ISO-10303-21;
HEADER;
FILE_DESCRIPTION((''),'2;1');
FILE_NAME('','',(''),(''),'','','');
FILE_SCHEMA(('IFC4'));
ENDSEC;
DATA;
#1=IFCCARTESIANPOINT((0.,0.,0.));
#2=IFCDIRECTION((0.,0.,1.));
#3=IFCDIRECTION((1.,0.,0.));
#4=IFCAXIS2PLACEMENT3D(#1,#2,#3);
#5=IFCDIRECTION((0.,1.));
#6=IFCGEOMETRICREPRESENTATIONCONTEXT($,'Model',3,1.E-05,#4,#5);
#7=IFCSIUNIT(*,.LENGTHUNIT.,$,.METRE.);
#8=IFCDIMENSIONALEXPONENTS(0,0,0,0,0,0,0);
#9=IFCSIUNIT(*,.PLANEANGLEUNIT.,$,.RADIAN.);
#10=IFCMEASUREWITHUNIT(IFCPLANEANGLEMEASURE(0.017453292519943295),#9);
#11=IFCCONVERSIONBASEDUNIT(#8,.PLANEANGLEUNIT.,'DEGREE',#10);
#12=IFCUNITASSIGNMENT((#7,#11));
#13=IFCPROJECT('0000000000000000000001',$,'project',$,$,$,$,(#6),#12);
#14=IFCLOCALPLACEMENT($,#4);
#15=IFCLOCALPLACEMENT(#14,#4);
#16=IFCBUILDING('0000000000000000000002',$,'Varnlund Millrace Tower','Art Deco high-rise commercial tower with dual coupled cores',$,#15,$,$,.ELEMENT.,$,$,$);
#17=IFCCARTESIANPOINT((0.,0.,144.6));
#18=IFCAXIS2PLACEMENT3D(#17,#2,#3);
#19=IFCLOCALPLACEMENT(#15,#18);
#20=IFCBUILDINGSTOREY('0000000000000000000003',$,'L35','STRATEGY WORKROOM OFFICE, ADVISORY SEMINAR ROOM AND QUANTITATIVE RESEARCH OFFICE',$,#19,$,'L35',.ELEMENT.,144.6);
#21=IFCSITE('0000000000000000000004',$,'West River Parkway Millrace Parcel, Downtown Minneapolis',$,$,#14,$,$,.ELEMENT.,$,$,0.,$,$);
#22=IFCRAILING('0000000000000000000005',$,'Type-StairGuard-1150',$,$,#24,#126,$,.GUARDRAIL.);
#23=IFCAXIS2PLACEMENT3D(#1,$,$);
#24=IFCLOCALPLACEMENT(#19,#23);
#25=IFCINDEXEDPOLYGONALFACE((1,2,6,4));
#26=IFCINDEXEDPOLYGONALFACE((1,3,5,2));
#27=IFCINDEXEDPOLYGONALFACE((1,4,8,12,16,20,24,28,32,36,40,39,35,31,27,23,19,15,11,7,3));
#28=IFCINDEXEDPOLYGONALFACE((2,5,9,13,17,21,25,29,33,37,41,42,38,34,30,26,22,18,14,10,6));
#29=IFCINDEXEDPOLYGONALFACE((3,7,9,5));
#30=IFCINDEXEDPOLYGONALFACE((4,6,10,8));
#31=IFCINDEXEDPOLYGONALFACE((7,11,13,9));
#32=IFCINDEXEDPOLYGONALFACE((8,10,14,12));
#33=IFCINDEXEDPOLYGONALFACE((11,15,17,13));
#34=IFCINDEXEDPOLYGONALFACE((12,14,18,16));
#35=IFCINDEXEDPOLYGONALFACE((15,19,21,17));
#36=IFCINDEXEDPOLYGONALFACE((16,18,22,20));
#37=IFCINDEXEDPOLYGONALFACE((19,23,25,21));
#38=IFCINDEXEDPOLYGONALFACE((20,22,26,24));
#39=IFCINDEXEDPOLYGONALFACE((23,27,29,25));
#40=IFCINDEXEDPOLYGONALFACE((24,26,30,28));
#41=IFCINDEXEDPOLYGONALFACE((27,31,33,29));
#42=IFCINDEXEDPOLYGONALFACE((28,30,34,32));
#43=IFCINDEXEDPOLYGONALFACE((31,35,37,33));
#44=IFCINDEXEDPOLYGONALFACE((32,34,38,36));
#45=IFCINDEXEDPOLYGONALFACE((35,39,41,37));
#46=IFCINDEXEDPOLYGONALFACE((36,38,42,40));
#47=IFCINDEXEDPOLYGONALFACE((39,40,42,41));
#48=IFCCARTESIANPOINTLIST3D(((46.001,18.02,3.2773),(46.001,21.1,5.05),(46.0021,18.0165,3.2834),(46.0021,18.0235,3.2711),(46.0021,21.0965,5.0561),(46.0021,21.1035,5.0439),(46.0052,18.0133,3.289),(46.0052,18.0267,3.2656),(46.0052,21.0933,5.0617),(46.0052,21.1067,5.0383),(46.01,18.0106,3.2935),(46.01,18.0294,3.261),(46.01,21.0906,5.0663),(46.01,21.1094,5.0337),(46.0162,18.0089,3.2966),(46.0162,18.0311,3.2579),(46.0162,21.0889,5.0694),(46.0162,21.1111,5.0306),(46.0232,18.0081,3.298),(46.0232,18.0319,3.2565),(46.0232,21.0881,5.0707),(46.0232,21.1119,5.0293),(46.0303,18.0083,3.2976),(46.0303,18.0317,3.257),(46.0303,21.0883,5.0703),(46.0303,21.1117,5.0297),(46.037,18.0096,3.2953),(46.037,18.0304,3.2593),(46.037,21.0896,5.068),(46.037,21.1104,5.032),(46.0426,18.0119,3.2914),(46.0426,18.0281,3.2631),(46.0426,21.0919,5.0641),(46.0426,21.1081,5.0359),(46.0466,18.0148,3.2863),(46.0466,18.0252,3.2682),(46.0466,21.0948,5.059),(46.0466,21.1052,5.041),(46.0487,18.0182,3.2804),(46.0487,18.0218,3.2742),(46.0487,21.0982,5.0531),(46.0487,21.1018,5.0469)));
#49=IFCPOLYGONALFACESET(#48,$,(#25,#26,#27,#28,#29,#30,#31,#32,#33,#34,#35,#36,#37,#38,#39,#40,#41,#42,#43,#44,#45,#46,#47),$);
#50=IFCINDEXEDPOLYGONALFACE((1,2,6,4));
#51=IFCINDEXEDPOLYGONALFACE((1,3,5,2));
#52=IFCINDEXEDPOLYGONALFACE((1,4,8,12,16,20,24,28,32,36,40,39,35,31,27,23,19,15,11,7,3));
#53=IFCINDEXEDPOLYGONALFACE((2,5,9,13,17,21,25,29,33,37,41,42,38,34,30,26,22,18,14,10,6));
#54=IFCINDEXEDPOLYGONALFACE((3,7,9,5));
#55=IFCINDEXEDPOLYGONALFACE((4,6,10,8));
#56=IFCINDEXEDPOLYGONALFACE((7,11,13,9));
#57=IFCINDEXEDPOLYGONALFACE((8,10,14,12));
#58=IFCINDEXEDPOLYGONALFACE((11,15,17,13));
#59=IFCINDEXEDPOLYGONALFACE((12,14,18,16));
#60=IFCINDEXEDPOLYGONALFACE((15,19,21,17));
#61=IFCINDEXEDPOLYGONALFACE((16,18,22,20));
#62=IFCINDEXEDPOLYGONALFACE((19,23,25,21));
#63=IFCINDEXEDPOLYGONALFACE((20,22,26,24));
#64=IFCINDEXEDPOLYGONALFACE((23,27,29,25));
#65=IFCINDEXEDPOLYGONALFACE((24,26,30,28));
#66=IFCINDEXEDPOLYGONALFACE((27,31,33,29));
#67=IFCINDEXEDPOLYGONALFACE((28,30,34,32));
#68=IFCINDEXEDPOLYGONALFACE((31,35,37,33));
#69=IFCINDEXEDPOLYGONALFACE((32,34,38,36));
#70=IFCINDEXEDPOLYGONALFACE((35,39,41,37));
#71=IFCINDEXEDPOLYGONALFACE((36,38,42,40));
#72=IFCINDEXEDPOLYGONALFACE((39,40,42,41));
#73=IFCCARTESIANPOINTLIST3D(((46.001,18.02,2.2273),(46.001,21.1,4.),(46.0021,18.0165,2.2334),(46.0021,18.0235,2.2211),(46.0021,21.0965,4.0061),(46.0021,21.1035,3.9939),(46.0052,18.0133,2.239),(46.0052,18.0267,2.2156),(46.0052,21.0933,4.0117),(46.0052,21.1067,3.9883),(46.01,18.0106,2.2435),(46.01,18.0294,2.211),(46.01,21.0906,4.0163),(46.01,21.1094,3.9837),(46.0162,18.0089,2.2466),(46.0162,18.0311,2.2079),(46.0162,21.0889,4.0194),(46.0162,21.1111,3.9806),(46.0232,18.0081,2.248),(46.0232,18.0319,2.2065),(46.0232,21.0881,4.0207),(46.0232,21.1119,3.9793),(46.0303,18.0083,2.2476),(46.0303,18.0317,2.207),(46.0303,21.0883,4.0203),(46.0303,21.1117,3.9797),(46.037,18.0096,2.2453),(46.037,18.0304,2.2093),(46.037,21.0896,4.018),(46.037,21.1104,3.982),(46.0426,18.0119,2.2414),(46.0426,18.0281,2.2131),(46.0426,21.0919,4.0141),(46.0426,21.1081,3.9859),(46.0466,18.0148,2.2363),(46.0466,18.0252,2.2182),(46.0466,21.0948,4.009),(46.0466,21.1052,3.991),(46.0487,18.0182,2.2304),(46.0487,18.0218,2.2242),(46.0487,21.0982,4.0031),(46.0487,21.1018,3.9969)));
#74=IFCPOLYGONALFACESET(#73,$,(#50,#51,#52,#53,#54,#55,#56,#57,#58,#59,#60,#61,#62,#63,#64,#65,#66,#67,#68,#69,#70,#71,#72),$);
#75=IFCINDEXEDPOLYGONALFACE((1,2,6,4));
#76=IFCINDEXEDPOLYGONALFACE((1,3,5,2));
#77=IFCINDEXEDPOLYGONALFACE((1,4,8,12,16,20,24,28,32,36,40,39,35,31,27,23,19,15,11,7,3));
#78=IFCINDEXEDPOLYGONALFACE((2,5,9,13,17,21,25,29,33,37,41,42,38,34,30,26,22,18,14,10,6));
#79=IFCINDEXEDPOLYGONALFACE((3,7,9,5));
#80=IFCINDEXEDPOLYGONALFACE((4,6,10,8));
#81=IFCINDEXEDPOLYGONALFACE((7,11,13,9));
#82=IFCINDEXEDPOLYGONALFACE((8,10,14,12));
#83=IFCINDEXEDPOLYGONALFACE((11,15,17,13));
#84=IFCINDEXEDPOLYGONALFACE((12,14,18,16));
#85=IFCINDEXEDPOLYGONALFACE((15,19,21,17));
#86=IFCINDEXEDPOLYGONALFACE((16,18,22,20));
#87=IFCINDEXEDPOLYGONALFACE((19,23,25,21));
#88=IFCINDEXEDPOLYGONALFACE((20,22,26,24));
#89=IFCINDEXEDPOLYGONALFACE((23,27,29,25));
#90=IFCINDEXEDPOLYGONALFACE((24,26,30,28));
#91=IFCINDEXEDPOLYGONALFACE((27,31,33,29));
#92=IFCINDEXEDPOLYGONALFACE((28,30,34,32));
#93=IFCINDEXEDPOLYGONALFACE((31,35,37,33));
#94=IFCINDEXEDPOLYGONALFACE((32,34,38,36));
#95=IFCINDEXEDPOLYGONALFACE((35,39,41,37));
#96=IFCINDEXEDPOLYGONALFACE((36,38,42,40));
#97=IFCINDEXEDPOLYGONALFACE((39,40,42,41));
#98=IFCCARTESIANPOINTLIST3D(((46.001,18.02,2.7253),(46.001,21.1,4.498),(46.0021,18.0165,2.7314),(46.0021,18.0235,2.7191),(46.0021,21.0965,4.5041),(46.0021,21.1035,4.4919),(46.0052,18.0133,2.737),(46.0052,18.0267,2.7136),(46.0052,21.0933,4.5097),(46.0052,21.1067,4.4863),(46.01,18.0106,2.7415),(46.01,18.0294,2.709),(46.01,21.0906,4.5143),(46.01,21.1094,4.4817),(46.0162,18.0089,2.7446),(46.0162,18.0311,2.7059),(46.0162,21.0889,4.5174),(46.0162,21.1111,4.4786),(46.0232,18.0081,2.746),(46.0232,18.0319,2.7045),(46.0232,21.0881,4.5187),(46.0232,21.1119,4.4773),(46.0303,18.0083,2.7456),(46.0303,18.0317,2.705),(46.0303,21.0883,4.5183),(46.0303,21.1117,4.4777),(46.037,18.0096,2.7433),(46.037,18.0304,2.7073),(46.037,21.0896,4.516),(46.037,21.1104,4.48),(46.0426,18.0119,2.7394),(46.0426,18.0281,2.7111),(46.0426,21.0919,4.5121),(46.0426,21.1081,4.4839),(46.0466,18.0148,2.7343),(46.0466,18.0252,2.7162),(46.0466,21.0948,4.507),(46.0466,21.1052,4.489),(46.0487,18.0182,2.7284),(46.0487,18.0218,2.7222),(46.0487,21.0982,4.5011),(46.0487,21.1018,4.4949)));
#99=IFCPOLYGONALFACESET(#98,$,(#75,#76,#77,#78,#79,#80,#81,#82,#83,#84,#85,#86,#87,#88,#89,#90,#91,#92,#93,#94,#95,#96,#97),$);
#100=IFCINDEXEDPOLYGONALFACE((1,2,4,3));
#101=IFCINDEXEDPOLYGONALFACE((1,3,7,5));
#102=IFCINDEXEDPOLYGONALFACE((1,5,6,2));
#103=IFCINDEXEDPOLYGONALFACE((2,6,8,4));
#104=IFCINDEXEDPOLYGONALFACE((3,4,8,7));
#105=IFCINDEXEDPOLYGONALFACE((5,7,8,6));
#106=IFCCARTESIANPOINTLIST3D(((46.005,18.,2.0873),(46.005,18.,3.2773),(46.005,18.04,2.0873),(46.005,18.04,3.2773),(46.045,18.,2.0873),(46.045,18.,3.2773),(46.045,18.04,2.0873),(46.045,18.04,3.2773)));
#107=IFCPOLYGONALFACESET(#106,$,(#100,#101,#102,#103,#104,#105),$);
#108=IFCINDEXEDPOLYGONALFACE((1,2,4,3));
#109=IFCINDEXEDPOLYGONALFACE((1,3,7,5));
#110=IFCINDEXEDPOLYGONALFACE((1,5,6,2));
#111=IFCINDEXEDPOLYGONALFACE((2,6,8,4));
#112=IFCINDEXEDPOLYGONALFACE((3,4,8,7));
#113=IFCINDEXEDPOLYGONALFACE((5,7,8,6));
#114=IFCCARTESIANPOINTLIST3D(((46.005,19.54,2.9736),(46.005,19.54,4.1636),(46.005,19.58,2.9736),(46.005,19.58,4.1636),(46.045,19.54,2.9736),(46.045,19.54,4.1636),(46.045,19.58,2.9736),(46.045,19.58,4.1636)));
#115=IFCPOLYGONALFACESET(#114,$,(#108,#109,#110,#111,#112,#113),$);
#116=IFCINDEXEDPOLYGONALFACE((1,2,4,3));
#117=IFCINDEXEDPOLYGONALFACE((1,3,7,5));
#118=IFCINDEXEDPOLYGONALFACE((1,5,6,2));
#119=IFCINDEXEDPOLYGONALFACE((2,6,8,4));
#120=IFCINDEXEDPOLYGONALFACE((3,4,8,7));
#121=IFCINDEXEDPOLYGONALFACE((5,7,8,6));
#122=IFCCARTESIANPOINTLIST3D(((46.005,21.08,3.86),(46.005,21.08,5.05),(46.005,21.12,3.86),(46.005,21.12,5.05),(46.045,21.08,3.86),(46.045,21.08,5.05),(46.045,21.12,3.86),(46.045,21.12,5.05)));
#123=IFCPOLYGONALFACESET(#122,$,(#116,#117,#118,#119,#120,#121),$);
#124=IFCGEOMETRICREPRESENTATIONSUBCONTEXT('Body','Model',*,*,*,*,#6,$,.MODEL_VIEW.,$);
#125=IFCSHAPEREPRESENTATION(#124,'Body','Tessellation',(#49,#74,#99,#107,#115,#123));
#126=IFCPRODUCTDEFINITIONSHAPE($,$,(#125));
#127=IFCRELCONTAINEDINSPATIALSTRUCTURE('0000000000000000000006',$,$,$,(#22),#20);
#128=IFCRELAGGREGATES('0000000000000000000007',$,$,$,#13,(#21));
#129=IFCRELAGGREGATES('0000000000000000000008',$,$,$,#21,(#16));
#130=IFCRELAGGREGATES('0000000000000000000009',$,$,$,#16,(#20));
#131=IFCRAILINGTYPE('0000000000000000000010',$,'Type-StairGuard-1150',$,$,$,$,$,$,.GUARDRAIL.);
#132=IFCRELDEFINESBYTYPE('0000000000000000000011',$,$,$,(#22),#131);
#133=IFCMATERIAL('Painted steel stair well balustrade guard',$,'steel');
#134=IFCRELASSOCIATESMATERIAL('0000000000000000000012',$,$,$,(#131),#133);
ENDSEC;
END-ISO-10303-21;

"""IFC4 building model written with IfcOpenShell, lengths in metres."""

from ifc_helpers import new_model, entity, si_unit, converted_unit, direction, frame, origin_with_axes, origin_2d_with_axis, place, context, subcontext, project, spatial, rectangle, circle, extrude, material, type_object, element, save


model = new_model("IFC4")

# Units and contexts
model_context = context("Model", 3, precision=1e-05, world=origin_with_axes(), true_north=direction((0.0, 1.0)))
body_context = subcontext(model_context, "Body", "Model", "MODEL_VIEW")
ifc_project = project(units=[si_unit("LENGTHUNIT", "METRE"), converted_unit("PLANEANGLEUNIT", "DEGREE", entity("IfcPlaneAngleMeasure", 0.017453292519943295), si_unit("PLANEANGLEUNIT", "RADIAN"), dimensions=[0, 0, 0, 0, 0, 0, 0])], contexts=[model_context])

# Site, building, storey
site_placement = place(None, origin_with_axes())
site = spatial("IfcSite", under=ifc_project, at=site_placement, Name="West River Parkway Millrace Parcel, Downtown Minneapolis", CompositionType="ELEMENT", RefElevation=0.0)
building_placement = place(site_placement, origin_with_axes())
building = spatial("IfcBuilding", under=site, at=building_placement, Name="Varnlund Millrace Tower", Description="Art Deco high-rise commercial tower with dual coupled cores", CompositionType="ELEMENT")
storey_placement = place(building_placement, frame((0.0, 0.0, 144.6), z_axis=(0.0, 0.0, 1.0), x_axis=(1.0, 0.0, 0.0)))
storey = spatial("IfcBuildingStorey", under=building, at=storey_placement, Name="L35", Description="STRATEGY WORKROOM OFFICE, ADVISORY SEMINAR ROOM AND QUANTITATIVE RESEARCH OFFICE", LongName="L35", CompositionType="ELEMENT", Elevation=144.6)

# Railing
ifc_material_1 = material(Name="Painted steel stair well balustrade guard", Category="steel")
railing_type_1 = type_object("IfcRailingType", Name="Type-StairGuard-1150", PredefinedType="GUARDRAIL", material=ifc_material_1)
railing_1_placement = place(storey_placement, frame((0.0, 0.0, -144.6), z_axis=(0.0, 0.0, 1.0), x_axis=(1.0, 0.0, 0.0)))
element("IfcRailing", 1, at=railing_1_placement, inside=storey, type_object=railing_type_1, Name="Type-StairGuard-1150", PredefinedType="GUARDRAIL", context=body_context, shape_type="SweptSolid", body=[
    extrude(circle(Radius=0.024, at=origin_2d_with_axis()), frame((46.025, 18.02, 147.8773), z_axis=(0.0, 0.866696, 0.498836), x_axis=(-1.0, 0.0, 0.0)), (0.0, 0.0, 1.0), 3.5537),
    extrude(circle(Radius=0.024, at=origin_2d_with_axis()), frame((46.025, 18.02, 146.8273), z_axis=(0.0, 0.866696, 0.498836), x_axis=(-1.0, 0.0, 0.0)), (0.0, 0.0, 1.0), 3.5537),
    extrude(circle(Radius=0.024, at=origin_2d_with_axis()), frame((46.025, 18.02, 147.3253), z_axis=(0.0, 0.866696, 0.498836), x_axis=(-1.0, 0.0, 0.0)), (0.0, 0.0, 1.0), 3.5537),
    extrude(rectangle(XDim=0.04, YDim=0.04, at=origin_2d_with_axis()), frame((46.025, 18.02, 146.6873), z_axis=(0.0, 0.0, 1.0), x_axis=(1.0, 0.0, 0.0)), (0.0, 0.0, 1.0), 1.19),
    extrude(rectangle(XDim=0.04, YDim=0.04, at=origin_2d_with_axis()), frame((46.025, 19.56, 147.5736), z_axis=(0.0, 0.0, 1.0), x_axis=(1.0, 0.0, 0.0)), (0.0, 0.0, 1.0), 1.19),
    extrude(rectangle(XDim=0.04, YDim=0.04, at=origin_2d_with_axis()), frame((46.025, 21.1, 148.46), z_axis=(0.0, 0.0, 1.0), x_axis=(1.0, 0.0, 0.0)), (0.0, 0.0, 1.0), 1.19),
])

save(model, "model.ifc")
